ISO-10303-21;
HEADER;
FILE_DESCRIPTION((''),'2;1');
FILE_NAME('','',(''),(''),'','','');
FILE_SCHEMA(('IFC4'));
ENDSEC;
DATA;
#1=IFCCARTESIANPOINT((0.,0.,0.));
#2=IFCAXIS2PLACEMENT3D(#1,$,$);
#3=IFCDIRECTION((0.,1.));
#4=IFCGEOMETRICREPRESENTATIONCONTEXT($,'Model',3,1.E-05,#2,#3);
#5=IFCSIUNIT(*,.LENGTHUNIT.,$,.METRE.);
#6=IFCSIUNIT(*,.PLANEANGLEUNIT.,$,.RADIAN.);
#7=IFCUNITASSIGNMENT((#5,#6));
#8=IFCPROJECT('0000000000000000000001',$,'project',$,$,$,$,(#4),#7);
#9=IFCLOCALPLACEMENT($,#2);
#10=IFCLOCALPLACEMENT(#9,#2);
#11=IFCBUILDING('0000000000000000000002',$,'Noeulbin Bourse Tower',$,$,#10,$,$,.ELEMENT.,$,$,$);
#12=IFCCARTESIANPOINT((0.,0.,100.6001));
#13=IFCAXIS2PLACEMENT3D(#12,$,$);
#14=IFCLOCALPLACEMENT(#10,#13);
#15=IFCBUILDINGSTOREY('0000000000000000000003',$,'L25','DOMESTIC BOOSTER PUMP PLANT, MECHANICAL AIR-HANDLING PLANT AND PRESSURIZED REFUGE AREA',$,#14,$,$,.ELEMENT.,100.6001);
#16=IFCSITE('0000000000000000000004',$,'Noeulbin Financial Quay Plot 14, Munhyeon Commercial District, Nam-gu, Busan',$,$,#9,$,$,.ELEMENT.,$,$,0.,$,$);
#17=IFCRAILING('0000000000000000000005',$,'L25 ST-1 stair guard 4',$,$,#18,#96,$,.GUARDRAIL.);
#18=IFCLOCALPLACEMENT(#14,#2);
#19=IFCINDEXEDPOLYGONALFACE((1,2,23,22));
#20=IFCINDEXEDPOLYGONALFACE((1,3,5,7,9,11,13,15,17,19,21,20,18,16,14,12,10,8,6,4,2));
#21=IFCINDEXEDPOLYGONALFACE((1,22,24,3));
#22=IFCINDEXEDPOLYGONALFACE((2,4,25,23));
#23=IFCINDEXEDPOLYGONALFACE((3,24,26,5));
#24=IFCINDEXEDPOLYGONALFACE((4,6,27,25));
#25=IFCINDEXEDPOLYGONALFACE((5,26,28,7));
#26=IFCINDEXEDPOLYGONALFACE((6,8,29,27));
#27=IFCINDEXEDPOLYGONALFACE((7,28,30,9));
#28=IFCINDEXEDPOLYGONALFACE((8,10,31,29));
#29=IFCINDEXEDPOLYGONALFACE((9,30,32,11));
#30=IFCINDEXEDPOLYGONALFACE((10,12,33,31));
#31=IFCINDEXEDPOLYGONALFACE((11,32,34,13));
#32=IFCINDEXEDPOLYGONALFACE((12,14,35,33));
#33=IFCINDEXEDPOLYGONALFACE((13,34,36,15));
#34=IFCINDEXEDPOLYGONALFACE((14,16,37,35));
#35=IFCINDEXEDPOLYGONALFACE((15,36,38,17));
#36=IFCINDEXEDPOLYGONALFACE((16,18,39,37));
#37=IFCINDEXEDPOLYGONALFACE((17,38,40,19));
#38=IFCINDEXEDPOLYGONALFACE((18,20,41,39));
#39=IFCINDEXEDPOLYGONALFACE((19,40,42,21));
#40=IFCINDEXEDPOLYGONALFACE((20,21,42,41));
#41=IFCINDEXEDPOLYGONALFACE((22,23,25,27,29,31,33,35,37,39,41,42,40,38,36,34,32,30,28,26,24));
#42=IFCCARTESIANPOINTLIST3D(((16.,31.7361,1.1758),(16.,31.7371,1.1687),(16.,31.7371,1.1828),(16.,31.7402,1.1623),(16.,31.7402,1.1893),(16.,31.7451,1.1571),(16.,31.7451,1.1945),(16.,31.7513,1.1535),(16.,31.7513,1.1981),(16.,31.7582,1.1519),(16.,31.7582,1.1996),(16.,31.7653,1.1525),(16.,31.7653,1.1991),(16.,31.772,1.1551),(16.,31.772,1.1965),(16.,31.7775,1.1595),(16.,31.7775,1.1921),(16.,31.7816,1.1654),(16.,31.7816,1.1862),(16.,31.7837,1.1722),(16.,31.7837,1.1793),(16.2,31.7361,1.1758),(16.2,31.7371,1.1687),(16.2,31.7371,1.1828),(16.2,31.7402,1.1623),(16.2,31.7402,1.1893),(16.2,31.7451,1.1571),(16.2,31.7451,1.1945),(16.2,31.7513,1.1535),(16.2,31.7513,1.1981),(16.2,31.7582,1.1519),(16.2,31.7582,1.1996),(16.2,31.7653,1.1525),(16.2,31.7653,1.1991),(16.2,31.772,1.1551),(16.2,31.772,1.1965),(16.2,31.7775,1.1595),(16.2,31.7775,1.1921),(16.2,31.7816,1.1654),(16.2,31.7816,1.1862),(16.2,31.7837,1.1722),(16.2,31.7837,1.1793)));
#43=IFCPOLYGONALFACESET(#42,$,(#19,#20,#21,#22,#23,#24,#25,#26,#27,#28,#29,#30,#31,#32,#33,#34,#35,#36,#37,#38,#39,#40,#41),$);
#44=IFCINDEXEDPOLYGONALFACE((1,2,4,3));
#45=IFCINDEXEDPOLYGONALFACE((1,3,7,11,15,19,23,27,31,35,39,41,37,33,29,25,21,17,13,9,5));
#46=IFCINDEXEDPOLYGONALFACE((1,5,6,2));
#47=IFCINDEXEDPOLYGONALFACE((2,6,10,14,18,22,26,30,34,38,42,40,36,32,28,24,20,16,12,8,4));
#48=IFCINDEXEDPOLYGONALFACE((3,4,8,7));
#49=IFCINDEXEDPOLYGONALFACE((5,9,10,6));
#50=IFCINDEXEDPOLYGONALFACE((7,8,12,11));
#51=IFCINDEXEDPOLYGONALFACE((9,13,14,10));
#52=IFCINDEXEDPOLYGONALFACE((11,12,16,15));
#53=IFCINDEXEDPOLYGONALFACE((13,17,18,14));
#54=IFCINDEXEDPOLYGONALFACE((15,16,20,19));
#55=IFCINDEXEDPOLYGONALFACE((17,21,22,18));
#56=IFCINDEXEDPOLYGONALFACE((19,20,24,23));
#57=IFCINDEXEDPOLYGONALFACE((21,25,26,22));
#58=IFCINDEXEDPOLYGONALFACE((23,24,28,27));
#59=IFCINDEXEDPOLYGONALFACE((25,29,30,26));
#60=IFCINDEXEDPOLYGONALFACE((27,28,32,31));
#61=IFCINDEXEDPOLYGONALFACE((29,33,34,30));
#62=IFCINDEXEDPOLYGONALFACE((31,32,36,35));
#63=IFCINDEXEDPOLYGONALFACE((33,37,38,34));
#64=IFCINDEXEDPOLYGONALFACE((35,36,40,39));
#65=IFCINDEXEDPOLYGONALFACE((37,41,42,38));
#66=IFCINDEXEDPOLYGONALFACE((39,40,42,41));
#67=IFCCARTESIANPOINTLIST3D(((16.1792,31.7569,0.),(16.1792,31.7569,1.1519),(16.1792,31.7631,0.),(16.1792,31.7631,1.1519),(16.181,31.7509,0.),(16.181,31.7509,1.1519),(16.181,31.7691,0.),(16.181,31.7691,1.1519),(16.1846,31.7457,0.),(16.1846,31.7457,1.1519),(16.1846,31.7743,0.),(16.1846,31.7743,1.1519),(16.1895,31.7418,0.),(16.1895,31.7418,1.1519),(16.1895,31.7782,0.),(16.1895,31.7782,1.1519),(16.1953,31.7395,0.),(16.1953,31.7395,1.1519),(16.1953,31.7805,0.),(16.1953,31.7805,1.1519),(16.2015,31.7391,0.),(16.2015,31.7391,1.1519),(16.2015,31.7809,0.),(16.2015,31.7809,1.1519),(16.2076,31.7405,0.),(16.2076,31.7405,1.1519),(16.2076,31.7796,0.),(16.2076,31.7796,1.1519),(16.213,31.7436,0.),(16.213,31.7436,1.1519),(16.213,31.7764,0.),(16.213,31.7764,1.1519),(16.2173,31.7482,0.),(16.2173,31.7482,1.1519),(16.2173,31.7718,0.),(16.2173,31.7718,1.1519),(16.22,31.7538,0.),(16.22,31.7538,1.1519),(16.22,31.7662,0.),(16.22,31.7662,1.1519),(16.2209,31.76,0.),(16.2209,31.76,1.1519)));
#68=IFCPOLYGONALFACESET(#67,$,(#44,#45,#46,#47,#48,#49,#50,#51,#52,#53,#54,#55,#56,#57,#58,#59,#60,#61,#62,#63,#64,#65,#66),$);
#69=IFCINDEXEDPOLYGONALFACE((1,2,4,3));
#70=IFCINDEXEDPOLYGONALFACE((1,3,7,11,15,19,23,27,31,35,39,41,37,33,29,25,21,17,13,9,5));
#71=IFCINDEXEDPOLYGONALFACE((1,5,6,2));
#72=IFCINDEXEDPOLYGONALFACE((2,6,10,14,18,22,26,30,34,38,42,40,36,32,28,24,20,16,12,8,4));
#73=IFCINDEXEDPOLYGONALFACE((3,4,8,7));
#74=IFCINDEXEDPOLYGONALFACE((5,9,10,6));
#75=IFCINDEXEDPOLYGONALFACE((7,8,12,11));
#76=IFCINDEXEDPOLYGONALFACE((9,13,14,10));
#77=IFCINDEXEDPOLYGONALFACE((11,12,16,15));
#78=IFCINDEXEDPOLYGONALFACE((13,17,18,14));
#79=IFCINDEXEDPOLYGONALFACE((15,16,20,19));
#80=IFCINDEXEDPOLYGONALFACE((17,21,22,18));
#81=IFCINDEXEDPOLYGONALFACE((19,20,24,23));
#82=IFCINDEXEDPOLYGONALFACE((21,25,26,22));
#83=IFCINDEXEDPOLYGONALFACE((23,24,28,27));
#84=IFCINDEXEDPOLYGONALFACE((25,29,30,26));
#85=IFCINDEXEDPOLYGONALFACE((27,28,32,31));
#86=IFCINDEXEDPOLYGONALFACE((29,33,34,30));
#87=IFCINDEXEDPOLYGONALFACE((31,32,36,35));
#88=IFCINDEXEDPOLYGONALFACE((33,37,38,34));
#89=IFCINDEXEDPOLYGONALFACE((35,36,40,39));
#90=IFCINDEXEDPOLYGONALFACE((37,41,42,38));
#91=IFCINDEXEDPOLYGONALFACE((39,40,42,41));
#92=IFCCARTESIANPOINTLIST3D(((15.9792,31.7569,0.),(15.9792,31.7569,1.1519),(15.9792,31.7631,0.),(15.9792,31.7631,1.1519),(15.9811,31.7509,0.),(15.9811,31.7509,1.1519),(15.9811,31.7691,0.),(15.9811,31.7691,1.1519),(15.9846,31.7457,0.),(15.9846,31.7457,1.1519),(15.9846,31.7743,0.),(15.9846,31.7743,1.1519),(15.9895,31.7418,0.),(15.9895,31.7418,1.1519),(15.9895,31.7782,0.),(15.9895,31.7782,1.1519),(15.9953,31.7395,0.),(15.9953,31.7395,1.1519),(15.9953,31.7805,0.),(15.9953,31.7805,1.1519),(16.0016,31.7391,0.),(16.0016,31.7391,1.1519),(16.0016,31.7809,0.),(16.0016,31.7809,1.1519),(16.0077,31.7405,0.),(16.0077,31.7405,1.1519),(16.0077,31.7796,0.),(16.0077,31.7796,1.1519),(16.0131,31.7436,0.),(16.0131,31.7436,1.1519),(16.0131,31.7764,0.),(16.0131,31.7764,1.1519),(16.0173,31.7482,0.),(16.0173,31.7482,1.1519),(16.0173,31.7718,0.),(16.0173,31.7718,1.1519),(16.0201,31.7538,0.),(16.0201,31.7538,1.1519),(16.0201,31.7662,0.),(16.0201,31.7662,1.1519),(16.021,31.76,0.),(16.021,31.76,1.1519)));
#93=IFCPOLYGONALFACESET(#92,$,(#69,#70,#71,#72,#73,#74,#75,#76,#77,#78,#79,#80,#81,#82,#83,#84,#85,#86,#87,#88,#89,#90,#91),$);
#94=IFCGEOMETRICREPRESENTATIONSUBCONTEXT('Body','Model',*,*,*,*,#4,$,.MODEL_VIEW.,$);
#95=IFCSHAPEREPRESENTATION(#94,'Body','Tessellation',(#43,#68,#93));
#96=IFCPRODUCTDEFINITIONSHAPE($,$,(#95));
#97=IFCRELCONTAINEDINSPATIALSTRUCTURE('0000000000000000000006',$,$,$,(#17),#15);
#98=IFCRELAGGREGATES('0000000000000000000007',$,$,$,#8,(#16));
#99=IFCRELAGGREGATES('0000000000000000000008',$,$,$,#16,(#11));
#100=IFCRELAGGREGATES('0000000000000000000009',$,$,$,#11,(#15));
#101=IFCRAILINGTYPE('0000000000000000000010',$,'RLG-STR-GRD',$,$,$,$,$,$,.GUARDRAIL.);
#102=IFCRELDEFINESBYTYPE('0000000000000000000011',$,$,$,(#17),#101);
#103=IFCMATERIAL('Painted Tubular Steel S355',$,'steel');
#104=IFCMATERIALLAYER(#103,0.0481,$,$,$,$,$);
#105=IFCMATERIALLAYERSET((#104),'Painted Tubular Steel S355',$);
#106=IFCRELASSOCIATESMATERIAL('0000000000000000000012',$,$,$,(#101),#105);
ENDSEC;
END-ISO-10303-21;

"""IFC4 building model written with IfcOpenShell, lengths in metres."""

from ifc_helpers import new_model, si_unit, direction, frame, origin, origin_2d, place, context, subcontext, project, spatial, circle, extrude, material, layer, layer_set, type_object, element, save


model = new_model("IFC4")

# Units and contexts
model_context = context("Model", 3, precision=1e-05, world=origin(), true_north=direction((0.0, 1.0)))
body_context = subcontext(model_context, "Body", "Model", "MODEL_VIEW")
ifc_project = project(units=[si_unit("LENGTHUNIT", "METRE"), si_unit("PLANEANGLEUNIT", "RADIAN")], contexts=[model_context])

# Site, building, storey
site_placement = place(None, origin())
site = spatial("IfcSite", under=ifc_project, at=site_placement, Name="Noeulbin Financial Quay Plot 14, Munhyeon Commercial District, Nam-gu, Busan", CompositionType="ELEMENT", RefElevation=0.0)
building_placement = place(site_placement, origin())
building = spatial("IfcBuilding", under=site, at=building_placement, Name="Noeulbin Bourse Tower", CompositionType="ELEMENT")
storey_placement = place(building_placement, frame((0.0, 0.0, 100.6001)))
storey = spatial("IfcBuildingStorey", under=building, at=storey_placement, Name="L25", Description="DOMESTIC BOOSTER PUMP PLANT, MECHANICAL AIR-HANDLING PLANT AND PRESSURIZED REFUGE AREA", CompositionType="ELEMENT", Elevation=100.6001)

# Railing
ifc_material_1 = material(Name="Painted Tubular Steel S355", Category="steel")
ifc_layer_1 = layer(ifc_material_1, 0.0481)
ifc_layer_set_1 = layer_set([ifc_layer_1], Name="Painted Tubular Steel S355")
railing_type_1 = type_object("IfcRailingType", Name="RLG-STR-GRD", PredefinedType="GUARDRAIL", material=ifc_layer_set_1)
railing_1_placement = place(storey_placement, frame((16.2, 31.76, 0.0)))
element("IfcRailing", 1, at=railing_1_placement, inside=storey, type_object=railing_type_1, Name="L25 ST-1 stair guard 4", PredefinedType="GUARDRAIL", context=body_context, shape_type="SweptSolid", body=[
    extrude(circle(Radius=0.0239, at=origin_2d()), frame((0.0, 0.0, 1.1758), z_axis=(-1.0, 0.0, 0.0), x_axis=(0.0, -1.0, 0.0)), (0.0, 0.0, 1.0), 0.2),
    extrude(circle(Radius=0.021, at=origin_2d()), origin(), (0.0, 0.0, 1.0), 1.1519),
    extrude(circle(Radius=0.021, at=origin_2d()), frame((-0.2, 0.0, 0.0)), (0.0, 0.0, 1.0), 1.1519),
])

save(model, "model.ifc")
